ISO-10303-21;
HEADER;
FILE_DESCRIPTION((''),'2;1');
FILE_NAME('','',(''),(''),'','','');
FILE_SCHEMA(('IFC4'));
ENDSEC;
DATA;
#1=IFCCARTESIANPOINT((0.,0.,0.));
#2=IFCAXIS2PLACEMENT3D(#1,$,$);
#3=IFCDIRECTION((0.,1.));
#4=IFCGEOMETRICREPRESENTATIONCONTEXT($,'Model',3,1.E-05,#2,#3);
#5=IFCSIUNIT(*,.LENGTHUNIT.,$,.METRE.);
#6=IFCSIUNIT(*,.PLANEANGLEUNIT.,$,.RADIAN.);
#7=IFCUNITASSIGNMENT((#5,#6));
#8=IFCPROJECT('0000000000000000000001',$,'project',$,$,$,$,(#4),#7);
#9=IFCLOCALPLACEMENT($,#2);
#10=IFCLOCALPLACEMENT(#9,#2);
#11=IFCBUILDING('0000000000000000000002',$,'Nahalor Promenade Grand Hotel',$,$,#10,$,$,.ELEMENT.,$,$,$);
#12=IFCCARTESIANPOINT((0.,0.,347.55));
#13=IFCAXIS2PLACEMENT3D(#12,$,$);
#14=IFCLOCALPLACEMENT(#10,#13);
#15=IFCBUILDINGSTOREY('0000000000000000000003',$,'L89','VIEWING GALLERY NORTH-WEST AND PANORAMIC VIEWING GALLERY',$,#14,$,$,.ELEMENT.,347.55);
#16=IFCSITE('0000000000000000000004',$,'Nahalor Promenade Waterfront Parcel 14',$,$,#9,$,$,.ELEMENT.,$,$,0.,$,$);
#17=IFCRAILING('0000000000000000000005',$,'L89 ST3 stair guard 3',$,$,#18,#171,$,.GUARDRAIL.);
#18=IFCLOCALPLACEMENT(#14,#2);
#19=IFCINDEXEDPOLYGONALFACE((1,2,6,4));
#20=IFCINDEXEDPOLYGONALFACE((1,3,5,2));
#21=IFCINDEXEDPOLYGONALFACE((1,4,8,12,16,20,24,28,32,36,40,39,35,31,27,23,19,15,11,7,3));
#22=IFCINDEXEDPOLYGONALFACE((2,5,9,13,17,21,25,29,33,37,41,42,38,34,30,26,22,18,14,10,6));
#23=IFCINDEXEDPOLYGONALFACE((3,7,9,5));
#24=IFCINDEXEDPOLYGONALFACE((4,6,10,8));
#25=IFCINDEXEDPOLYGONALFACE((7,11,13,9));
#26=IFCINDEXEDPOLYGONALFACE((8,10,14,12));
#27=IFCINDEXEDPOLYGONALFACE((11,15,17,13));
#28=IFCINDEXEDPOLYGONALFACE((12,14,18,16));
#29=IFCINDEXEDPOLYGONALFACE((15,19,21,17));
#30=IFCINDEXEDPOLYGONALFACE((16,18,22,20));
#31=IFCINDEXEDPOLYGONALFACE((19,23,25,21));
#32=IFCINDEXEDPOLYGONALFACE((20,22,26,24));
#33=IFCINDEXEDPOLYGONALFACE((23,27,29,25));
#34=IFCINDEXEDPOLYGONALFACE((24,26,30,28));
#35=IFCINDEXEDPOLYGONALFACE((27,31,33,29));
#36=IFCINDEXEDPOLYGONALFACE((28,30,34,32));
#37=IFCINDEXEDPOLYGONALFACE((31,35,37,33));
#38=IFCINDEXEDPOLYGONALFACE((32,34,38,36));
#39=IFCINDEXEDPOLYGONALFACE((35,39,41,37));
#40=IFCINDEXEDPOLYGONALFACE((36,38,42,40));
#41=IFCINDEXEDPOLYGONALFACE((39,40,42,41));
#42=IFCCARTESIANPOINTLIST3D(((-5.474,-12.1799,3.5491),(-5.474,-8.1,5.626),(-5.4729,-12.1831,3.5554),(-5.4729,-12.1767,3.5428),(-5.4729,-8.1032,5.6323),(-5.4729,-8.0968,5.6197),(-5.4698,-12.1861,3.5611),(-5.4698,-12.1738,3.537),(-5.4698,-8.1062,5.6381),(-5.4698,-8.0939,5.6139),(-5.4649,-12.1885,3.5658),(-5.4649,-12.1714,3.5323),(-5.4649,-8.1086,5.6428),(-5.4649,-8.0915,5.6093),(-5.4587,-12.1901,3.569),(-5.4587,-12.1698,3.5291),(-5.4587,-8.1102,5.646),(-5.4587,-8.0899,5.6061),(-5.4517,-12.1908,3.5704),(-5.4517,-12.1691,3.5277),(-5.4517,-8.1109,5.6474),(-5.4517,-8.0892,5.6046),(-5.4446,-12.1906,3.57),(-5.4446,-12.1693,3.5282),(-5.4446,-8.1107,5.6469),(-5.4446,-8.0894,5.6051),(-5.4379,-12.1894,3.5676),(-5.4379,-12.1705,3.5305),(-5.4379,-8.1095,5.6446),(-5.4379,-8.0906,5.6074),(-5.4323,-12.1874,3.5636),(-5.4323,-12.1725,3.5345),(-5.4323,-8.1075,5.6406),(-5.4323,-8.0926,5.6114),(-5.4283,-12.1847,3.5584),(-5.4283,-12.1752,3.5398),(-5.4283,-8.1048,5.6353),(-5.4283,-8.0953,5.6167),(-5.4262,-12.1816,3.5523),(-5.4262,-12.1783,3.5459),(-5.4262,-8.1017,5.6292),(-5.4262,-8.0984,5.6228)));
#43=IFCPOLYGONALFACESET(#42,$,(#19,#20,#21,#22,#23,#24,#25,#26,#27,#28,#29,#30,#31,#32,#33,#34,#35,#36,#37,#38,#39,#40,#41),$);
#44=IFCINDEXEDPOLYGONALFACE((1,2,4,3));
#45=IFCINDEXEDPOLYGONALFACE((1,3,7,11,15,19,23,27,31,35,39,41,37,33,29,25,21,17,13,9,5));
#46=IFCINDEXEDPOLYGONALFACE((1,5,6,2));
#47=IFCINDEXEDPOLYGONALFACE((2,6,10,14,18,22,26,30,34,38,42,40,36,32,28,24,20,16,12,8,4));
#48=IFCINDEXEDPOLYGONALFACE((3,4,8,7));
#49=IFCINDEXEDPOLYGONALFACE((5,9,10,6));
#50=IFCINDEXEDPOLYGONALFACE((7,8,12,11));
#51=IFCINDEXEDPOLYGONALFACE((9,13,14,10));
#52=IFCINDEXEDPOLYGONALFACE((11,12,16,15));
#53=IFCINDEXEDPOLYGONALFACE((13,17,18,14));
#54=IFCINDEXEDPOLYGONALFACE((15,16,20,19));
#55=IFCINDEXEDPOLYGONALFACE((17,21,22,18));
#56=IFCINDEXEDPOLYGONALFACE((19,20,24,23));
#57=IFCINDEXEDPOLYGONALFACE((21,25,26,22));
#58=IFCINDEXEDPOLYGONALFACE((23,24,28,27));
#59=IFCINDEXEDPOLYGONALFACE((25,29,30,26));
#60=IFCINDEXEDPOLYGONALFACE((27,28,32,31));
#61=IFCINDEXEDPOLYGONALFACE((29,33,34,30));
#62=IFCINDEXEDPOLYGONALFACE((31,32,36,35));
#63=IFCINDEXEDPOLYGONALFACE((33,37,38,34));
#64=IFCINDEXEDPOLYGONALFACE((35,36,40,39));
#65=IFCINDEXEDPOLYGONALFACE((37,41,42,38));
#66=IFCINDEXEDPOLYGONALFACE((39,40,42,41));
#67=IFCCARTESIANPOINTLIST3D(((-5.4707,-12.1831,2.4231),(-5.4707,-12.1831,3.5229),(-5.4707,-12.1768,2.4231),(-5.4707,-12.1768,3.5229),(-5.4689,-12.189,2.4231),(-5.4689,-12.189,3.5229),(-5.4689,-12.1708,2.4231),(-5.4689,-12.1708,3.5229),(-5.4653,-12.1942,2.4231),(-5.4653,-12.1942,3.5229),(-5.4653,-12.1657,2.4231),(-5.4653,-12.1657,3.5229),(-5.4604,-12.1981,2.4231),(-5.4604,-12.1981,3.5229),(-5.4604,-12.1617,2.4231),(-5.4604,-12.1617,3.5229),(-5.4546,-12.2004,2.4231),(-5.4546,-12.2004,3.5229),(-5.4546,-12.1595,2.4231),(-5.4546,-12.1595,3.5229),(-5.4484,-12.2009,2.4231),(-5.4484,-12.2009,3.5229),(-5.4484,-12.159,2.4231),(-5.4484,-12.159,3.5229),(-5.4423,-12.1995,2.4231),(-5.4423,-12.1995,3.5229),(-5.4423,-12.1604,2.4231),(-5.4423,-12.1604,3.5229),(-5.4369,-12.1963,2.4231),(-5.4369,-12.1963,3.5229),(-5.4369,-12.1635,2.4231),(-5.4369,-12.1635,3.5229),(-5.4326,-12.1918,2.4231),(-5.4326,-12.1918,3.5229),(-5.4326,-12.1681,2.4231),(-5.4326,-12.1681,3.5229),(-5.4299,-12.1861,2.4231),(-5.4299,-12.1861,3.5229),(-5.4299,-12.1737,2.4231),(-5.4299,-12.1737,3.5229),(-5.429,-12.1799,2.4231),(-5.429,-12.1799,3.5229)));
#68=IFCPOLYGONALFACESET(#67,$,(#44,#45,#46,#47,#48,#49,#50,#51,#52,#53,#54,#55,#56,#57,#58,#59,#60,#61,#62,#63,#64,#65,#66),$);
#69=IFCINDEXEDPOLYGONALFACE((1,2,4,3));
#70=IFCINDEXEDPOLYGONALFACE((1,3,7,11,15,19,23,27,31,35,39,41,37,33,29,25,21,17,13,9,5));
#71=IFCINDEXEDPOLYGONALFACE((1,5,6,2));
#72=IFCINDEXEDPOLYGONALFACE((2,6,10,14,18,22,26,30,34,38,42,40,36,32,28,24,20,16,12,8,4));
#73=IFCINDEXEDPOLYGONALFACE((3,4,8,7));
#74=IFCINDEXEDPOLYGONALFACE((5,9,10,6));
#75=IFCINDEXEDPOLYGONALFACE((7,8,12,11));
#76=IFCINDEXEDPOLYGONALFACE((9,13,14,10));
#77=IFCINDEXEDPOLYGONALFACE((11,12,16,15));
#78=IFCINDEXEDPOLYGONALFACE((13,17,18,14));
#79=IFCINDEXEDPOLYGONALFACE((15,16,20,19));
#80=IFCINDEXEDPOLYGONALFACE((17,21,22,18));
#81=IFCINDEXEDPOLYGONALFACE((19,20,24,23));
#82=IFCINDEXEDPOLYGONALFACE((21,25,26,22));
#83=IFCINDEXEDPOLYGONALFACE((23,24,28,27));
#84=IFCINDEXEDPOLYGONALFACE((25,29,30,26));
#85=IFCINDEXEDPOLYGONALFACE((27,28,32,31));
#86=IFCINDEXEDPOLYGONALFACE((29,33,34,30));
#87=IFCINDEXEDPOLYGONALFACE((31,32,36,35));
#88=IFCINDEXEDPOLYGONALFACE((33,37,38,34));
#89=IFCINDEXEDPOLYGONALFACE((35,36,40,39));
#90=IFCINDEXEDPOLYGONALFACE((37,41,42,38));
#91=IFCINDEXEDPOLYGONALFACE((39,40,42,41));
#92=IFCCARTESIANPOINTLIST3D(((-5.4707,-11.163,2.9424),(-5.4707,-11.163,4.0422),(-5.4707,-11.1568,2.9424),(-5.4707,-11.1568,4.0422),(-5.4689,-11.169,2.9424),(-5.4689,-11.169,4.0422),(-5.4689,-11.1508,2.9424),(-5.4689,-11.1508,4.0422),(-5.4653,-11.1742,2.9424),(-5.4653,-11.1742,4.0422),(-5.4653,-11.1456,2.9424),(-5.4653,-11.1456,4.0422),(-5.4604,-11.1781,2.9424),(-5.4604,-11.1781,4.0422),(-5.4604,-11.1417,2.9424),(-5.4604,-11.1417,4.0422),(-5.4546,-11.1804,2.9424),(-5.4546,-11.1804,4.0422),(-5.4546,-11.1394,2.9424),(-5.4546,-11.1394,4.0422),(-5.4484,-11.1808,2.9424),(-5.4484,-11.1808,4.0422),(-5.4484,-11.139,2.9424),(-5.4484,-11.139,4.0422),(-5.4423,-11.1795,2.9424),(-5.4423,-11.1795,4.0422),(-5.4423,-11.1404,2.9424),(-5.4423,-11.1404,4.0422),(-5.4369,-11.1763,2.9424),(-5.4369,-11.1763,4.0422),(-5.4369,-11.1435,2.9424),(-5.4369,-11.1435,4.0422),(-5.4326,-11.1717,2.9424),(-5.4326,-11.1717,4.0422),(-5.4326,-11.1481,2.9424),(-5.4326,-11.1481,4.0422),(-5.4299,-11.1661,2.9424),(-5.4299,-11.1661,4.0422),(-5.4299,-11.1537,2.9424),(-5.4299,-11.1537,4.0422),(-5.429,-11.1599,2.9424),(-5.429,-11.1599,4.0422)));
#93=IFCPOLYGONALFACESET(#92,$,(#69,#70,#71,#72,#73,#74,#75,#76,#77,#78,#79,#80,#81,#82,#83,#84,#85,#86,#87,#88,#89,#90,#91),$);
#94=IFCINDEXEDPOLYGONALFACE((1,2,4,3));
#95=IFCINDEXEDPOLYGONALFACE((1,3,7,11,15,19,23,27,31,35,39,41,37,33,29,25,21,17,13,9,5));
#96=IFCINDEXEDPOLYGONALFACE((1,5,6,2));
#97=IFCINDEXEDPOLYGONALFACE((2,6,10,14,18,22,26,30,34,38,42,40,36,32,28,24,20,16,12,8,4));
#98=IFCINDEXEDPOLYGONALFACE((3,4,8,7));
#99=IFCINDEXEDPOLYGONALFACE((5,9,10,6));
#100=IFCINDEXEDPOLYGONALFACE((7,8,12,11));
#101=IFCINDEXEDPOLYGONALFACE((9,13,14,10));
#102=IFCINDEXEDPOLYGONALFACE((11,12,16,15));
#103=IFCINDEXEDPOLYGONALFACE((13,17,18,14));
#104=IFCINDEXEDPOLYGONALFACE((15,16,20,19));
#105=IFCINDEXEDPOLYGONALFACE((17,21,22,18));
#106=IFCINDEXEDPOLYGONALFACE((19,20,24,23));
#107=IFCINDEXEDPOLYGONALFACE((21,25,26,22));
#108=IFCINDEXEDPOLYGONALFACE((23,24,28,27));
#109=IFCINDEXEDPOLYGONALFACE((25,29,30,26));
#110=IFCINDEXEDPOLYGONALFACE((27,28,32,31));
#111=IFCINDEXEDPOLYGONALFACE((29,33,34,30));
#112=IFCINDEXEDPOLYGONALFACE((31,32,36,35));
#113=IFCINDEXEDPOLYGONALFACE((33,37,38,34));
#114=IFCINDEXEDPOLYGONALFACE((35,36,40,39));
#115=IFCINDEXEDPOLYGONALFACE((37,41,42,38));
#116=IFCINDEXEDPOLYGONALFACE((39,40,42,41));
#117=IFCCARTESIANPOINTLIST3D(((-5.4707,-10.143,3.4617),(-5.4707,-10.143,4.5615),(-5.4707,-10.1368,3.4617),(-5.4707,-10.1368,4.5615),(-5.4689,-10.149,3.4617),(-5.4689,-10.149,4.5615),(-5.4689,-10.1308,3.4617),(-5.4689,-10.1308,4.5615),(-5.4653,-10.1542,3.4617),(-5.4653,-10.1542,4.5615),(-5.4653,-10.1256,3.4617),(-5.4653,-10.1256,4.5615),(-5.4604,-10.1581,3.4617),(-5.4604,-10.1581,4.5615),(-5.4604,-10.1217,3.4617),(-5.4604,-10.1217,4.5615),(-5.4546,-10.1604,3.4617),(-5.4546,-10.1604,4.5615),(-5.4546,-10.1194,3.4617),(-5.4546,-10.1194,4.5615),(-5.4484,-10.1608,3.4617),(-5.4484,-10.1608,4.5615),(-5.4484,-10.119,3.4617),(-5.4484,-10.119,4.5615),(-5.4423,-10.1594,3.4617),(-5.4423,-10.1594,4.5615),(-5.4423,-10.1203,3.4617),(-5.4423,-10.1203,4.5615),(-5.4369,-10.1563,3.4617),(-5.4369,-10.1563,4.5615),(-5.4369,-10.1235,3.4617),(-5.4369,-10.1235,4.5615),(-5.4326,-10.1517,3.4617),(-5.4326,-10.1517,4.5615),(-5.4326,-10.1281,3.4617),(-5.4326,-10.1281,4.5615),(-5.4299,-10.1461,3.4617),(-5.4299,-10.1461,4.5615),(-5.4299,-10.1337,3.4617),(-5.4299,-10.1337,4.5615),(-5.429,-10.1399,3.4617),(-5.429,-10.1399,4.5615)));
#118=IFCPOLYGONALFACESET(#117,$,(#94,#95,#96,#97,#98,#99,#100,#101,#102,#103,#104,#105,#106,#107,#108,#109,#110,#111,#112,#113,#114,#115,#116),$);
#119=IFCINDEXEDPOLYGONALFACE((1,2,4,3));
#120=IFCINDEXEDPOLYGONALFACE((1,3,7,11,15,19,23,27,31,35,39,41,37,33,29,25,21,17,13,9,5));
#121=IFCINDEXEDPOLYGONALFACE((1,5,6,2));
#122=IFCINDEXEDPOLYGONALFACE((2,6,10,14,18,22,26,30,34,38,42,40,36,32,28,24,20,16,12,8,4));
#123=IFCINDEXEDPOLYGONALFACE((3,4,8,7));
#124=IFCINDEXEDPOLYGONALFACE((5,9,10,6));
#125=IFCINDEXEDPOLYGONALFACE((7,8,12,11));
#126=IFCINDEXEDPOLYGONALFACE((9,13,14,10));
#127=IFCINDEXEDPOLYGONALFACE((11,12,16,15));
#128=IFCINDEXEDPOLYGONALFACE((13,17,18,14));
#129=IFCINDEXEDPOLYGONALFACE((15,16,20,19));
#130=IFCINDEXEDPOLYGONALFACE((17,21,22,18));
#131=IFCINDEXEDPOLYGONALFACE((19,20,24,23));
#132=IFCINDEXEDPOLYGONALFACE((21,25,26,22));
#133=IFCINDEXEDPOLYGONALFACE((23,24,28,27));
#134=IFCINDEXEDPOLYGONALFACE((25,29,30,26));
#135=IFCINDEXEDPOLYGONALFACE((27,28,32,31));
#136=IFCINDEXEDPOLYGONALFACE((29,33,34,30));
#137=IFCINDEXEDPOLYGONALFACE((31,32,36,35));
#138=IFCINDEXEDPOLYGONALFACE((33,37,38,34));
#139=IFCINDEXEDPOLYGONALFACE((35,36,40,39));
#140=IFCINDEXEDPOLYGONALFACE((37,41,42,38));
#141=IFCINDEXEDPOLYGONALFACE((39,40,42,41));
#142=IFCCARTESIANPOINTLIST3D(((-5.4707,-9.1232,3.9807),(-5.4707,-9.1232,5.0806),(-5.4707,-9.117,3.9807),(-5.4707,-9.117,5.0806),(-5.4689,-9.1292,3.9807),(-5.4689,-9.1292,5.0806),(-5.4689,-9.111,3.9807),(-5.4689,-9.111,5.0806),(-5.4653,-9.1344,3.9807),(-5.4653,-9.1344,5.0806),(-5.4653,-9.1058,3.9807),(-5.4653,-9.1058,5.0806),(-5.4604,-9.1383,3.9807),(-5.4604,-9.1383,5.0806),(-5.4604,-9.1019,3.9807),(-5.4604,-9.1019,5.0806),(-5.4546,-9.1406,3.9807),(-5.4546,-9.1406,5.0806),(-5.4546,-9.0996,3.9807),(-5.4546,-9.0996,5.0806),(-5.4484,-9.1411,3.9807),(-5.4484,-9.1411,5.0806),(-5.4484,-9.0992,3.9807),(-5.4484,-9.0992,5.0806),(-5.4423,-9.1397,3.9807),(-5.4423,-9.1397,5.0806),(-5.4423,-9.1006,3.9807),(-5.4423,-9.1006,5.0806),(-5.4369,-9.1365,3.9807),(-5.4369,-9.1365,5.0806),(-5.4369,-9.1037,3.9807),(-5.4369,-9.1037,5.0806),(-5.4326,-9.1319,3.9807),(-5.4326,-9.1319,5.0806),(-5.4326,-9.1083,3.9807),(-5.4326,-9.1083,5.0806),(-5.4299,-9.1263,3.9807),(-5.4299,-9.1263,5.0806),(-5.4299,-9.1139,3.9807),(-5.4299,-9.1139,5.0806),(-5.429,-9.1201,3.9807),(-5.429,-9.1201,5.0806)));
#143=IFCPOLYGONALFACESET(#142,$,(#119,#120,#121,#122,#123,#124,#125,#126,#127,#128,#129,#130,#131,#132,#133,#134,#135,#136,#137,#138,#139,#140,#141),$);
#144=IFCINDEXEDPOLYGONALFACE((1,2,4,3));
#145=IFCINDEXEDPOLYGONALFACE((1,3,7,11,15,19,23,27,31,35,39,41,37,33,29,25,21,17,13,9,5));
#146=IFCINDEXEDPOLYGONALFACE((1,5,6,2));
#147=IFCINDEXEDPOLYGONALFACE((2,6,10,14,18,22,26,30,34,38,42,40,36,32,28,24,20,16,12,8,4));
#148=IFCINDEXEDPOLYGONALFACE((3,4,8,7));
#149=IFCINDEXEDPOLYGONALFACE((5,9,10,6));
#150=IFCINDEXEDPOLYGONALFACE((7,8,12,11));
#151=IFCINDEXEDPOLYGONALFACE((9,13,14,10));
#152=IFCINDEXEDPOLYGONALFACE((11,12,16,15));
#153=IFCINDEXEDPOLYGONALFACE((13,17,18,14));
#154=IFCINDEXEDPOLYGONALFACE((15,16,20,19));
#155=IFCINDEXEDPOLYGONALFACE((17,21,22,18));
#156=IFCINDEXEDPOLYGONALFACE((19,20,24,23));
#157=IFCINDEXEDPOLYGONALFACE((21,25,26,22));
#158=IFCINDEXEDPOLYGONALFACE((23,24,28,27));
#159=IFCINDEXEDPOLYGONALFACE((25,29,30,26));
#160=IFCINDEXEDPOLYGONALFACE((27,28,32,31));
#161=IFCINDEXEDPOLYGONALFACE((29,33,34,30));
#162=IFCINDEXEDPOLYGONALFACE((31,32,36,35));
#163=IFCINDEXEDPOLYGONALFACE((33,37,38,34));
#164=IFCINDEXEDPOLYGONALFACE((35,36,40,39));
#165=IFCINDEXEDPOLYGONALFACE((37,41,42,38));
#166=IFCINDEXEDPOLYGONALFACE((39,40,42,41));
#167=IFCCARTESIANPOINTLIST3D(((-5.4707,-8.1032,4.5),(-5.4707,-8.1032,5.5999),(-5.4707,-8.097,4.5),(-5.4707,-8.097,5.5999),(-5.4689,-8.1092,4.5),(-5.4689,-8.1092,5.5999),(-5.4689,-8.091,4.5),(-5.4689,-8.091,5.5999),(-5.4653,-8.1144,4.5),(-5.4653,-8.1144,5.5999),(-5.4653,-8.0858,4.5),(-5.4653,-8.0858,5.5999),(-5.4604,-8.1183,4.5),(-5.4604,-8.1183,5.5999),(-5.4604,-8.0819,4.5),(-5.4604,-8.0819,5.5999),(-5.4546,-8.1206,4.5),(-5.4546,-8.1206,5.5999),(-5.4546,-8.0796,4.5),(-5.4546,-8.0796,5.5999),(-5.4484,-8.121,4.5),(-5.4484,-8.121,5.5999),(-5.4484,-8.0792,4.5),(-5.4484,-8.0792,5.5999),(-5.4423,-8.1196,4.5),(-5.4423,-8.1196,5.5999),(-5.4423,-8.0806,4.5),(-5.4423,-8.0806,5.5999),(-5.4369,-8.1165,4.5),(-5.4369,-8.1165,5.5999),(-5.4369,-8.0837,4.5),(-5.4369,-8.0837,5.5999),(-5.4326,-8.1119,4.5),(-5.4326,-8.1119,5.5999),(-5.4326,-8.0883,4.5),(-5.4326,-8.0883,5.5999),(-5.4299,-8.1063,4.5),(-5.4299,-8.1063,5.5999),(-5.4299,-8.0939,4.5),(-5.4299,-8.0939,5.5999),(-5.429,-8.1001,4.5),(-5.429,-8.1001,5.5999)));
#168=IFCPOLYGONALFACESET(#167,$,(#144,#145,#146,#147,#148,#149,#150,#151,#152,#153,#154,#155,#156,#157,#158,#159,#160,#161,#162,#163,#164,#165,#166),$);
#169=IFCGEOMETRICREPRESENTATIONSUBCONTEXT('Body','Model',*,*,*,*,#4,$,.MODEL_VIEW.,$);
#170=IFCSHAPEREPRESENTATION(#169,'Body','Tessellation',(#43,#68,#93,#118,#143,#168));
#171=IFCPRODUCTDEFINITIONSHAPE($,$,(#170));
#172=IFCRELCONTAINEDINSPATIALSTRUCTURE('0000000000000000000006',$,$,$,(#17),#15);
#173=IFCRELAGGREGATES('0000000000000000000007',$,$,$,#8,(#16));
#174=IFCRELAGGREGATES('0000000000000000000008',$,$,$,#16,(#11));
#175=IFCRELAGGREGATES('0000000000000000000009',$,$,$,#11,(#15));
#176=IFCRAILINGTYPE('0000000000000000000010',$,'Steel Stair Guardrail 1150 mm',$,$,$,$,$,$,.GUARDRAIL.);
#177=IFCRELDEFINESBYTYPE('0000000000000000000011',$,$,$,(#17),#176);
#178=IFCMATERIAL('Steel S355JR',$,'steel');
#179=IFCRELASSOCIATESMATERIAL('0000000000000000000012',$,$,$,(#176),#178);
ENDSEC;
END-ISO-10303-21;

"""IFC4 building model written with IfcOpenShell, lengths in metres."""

from ifc_helpers import new_model, si_unit, direction, frame, origin, origin_2d, place, context, subcontext, project, spatial, circle, extrude, material, type_object, element, save


model = new_model("IFC4")

# Units and contexts
model_context = context("Model", 3, precision=1e-05, world=origin(), true_north=direction((0.0, 1.0)))
body_context = subcontext(model_context, "Body", "Model", "MODEL_VIEW")
ifc_project = project(units=[si_unit("LENGTHUNIT", "METRE"), si_unit("PLANEANGLEUNIT", "RADIAN")], contexts=[model_context])

# Site, building, storey
site_placement = place(None, origin())
site = spatial("IfcSite", under=ifc_project, at=site_placement, Name="Nahalor Promenade Waterfront Parcel 14", CompositionType="ELEMENT", RefElevation=0.0)
building_placement = place(site_placement, origin())
building = spatial("IfcBuilding", under=site, at=building_placement, Name="Nahalor Promenade Grand Hotel", CompositionType="ELEMENT")
storey_placement = place(building_placement, frame((0.0, 0.0, 347.55)))
storey = spatial("IfcBuildingStorey", under=building, at=storey_placement, Name="L89", Description="VIEWING GALLERY NORTH-WEST AND PANORAMIC VIEWING GALLERY", CompositionType="ELEMENT", Elevation=347.55)

# Shared definitions
ifc_material_1 = material(Name="Steel S355JR", Category="steel")

# Railing
railing_type_1 = type_object("IfcRailingType", Name="Steel Stair Guardrail 1150 mm", PredefinedType="GUARDRAIL", material=ifc_material_1)
railing_1_placement = place(storey_placement, frame((-5.45, -12.1799, 2.4231)))
element("IfcRailing", 1, at=railing_1_placement, inside=storey, type_object=railing_type_1, Name="L89 ST3 stair guard 3", PredefinedType="GUARDRAIL", context=body_context, shape_type="SweptSolid", body=[
    extrude(circle(Radius=0.024, at=origin_2d()), frame((0.0, 0.0, 1.126), z_axis=(0.0, 0.891172, 0.453665), x_axis=(-1.0, 0.0, 0.0)), (0.0, 0.0, 1.0), 4.5781),
    extrude(circle(Radius=0.021, at=origin_2d()), origin(), (0.0, 0.0, 1.0), 1.0999),
    extrude(circle(Radius=0.021, at=origin_2d()), frame((0.0, 1.02, 0.5193)), (0.0, 0.0, 1.0), 1.0999),
    extrude(circle(Radius=0.021, at=origin_2d()), frame((0.0, 2.04, 1.0386)), (0.0, 0.0, 1.0), 1.0999),
    extrude(circle(Radius=0.021, at=origin_2d()), frame((0.0, 3.0598, 1.5576)), (0.0, 0.0, 1.0), 1.0999),
    extrude(circle(Radius=0.021, at=origin_2d()), frame((0.0, 4.0798, 2.0769)), (0.0, 0.0, 1.0), 1.0999),
])

save(model, "model.ifc")
